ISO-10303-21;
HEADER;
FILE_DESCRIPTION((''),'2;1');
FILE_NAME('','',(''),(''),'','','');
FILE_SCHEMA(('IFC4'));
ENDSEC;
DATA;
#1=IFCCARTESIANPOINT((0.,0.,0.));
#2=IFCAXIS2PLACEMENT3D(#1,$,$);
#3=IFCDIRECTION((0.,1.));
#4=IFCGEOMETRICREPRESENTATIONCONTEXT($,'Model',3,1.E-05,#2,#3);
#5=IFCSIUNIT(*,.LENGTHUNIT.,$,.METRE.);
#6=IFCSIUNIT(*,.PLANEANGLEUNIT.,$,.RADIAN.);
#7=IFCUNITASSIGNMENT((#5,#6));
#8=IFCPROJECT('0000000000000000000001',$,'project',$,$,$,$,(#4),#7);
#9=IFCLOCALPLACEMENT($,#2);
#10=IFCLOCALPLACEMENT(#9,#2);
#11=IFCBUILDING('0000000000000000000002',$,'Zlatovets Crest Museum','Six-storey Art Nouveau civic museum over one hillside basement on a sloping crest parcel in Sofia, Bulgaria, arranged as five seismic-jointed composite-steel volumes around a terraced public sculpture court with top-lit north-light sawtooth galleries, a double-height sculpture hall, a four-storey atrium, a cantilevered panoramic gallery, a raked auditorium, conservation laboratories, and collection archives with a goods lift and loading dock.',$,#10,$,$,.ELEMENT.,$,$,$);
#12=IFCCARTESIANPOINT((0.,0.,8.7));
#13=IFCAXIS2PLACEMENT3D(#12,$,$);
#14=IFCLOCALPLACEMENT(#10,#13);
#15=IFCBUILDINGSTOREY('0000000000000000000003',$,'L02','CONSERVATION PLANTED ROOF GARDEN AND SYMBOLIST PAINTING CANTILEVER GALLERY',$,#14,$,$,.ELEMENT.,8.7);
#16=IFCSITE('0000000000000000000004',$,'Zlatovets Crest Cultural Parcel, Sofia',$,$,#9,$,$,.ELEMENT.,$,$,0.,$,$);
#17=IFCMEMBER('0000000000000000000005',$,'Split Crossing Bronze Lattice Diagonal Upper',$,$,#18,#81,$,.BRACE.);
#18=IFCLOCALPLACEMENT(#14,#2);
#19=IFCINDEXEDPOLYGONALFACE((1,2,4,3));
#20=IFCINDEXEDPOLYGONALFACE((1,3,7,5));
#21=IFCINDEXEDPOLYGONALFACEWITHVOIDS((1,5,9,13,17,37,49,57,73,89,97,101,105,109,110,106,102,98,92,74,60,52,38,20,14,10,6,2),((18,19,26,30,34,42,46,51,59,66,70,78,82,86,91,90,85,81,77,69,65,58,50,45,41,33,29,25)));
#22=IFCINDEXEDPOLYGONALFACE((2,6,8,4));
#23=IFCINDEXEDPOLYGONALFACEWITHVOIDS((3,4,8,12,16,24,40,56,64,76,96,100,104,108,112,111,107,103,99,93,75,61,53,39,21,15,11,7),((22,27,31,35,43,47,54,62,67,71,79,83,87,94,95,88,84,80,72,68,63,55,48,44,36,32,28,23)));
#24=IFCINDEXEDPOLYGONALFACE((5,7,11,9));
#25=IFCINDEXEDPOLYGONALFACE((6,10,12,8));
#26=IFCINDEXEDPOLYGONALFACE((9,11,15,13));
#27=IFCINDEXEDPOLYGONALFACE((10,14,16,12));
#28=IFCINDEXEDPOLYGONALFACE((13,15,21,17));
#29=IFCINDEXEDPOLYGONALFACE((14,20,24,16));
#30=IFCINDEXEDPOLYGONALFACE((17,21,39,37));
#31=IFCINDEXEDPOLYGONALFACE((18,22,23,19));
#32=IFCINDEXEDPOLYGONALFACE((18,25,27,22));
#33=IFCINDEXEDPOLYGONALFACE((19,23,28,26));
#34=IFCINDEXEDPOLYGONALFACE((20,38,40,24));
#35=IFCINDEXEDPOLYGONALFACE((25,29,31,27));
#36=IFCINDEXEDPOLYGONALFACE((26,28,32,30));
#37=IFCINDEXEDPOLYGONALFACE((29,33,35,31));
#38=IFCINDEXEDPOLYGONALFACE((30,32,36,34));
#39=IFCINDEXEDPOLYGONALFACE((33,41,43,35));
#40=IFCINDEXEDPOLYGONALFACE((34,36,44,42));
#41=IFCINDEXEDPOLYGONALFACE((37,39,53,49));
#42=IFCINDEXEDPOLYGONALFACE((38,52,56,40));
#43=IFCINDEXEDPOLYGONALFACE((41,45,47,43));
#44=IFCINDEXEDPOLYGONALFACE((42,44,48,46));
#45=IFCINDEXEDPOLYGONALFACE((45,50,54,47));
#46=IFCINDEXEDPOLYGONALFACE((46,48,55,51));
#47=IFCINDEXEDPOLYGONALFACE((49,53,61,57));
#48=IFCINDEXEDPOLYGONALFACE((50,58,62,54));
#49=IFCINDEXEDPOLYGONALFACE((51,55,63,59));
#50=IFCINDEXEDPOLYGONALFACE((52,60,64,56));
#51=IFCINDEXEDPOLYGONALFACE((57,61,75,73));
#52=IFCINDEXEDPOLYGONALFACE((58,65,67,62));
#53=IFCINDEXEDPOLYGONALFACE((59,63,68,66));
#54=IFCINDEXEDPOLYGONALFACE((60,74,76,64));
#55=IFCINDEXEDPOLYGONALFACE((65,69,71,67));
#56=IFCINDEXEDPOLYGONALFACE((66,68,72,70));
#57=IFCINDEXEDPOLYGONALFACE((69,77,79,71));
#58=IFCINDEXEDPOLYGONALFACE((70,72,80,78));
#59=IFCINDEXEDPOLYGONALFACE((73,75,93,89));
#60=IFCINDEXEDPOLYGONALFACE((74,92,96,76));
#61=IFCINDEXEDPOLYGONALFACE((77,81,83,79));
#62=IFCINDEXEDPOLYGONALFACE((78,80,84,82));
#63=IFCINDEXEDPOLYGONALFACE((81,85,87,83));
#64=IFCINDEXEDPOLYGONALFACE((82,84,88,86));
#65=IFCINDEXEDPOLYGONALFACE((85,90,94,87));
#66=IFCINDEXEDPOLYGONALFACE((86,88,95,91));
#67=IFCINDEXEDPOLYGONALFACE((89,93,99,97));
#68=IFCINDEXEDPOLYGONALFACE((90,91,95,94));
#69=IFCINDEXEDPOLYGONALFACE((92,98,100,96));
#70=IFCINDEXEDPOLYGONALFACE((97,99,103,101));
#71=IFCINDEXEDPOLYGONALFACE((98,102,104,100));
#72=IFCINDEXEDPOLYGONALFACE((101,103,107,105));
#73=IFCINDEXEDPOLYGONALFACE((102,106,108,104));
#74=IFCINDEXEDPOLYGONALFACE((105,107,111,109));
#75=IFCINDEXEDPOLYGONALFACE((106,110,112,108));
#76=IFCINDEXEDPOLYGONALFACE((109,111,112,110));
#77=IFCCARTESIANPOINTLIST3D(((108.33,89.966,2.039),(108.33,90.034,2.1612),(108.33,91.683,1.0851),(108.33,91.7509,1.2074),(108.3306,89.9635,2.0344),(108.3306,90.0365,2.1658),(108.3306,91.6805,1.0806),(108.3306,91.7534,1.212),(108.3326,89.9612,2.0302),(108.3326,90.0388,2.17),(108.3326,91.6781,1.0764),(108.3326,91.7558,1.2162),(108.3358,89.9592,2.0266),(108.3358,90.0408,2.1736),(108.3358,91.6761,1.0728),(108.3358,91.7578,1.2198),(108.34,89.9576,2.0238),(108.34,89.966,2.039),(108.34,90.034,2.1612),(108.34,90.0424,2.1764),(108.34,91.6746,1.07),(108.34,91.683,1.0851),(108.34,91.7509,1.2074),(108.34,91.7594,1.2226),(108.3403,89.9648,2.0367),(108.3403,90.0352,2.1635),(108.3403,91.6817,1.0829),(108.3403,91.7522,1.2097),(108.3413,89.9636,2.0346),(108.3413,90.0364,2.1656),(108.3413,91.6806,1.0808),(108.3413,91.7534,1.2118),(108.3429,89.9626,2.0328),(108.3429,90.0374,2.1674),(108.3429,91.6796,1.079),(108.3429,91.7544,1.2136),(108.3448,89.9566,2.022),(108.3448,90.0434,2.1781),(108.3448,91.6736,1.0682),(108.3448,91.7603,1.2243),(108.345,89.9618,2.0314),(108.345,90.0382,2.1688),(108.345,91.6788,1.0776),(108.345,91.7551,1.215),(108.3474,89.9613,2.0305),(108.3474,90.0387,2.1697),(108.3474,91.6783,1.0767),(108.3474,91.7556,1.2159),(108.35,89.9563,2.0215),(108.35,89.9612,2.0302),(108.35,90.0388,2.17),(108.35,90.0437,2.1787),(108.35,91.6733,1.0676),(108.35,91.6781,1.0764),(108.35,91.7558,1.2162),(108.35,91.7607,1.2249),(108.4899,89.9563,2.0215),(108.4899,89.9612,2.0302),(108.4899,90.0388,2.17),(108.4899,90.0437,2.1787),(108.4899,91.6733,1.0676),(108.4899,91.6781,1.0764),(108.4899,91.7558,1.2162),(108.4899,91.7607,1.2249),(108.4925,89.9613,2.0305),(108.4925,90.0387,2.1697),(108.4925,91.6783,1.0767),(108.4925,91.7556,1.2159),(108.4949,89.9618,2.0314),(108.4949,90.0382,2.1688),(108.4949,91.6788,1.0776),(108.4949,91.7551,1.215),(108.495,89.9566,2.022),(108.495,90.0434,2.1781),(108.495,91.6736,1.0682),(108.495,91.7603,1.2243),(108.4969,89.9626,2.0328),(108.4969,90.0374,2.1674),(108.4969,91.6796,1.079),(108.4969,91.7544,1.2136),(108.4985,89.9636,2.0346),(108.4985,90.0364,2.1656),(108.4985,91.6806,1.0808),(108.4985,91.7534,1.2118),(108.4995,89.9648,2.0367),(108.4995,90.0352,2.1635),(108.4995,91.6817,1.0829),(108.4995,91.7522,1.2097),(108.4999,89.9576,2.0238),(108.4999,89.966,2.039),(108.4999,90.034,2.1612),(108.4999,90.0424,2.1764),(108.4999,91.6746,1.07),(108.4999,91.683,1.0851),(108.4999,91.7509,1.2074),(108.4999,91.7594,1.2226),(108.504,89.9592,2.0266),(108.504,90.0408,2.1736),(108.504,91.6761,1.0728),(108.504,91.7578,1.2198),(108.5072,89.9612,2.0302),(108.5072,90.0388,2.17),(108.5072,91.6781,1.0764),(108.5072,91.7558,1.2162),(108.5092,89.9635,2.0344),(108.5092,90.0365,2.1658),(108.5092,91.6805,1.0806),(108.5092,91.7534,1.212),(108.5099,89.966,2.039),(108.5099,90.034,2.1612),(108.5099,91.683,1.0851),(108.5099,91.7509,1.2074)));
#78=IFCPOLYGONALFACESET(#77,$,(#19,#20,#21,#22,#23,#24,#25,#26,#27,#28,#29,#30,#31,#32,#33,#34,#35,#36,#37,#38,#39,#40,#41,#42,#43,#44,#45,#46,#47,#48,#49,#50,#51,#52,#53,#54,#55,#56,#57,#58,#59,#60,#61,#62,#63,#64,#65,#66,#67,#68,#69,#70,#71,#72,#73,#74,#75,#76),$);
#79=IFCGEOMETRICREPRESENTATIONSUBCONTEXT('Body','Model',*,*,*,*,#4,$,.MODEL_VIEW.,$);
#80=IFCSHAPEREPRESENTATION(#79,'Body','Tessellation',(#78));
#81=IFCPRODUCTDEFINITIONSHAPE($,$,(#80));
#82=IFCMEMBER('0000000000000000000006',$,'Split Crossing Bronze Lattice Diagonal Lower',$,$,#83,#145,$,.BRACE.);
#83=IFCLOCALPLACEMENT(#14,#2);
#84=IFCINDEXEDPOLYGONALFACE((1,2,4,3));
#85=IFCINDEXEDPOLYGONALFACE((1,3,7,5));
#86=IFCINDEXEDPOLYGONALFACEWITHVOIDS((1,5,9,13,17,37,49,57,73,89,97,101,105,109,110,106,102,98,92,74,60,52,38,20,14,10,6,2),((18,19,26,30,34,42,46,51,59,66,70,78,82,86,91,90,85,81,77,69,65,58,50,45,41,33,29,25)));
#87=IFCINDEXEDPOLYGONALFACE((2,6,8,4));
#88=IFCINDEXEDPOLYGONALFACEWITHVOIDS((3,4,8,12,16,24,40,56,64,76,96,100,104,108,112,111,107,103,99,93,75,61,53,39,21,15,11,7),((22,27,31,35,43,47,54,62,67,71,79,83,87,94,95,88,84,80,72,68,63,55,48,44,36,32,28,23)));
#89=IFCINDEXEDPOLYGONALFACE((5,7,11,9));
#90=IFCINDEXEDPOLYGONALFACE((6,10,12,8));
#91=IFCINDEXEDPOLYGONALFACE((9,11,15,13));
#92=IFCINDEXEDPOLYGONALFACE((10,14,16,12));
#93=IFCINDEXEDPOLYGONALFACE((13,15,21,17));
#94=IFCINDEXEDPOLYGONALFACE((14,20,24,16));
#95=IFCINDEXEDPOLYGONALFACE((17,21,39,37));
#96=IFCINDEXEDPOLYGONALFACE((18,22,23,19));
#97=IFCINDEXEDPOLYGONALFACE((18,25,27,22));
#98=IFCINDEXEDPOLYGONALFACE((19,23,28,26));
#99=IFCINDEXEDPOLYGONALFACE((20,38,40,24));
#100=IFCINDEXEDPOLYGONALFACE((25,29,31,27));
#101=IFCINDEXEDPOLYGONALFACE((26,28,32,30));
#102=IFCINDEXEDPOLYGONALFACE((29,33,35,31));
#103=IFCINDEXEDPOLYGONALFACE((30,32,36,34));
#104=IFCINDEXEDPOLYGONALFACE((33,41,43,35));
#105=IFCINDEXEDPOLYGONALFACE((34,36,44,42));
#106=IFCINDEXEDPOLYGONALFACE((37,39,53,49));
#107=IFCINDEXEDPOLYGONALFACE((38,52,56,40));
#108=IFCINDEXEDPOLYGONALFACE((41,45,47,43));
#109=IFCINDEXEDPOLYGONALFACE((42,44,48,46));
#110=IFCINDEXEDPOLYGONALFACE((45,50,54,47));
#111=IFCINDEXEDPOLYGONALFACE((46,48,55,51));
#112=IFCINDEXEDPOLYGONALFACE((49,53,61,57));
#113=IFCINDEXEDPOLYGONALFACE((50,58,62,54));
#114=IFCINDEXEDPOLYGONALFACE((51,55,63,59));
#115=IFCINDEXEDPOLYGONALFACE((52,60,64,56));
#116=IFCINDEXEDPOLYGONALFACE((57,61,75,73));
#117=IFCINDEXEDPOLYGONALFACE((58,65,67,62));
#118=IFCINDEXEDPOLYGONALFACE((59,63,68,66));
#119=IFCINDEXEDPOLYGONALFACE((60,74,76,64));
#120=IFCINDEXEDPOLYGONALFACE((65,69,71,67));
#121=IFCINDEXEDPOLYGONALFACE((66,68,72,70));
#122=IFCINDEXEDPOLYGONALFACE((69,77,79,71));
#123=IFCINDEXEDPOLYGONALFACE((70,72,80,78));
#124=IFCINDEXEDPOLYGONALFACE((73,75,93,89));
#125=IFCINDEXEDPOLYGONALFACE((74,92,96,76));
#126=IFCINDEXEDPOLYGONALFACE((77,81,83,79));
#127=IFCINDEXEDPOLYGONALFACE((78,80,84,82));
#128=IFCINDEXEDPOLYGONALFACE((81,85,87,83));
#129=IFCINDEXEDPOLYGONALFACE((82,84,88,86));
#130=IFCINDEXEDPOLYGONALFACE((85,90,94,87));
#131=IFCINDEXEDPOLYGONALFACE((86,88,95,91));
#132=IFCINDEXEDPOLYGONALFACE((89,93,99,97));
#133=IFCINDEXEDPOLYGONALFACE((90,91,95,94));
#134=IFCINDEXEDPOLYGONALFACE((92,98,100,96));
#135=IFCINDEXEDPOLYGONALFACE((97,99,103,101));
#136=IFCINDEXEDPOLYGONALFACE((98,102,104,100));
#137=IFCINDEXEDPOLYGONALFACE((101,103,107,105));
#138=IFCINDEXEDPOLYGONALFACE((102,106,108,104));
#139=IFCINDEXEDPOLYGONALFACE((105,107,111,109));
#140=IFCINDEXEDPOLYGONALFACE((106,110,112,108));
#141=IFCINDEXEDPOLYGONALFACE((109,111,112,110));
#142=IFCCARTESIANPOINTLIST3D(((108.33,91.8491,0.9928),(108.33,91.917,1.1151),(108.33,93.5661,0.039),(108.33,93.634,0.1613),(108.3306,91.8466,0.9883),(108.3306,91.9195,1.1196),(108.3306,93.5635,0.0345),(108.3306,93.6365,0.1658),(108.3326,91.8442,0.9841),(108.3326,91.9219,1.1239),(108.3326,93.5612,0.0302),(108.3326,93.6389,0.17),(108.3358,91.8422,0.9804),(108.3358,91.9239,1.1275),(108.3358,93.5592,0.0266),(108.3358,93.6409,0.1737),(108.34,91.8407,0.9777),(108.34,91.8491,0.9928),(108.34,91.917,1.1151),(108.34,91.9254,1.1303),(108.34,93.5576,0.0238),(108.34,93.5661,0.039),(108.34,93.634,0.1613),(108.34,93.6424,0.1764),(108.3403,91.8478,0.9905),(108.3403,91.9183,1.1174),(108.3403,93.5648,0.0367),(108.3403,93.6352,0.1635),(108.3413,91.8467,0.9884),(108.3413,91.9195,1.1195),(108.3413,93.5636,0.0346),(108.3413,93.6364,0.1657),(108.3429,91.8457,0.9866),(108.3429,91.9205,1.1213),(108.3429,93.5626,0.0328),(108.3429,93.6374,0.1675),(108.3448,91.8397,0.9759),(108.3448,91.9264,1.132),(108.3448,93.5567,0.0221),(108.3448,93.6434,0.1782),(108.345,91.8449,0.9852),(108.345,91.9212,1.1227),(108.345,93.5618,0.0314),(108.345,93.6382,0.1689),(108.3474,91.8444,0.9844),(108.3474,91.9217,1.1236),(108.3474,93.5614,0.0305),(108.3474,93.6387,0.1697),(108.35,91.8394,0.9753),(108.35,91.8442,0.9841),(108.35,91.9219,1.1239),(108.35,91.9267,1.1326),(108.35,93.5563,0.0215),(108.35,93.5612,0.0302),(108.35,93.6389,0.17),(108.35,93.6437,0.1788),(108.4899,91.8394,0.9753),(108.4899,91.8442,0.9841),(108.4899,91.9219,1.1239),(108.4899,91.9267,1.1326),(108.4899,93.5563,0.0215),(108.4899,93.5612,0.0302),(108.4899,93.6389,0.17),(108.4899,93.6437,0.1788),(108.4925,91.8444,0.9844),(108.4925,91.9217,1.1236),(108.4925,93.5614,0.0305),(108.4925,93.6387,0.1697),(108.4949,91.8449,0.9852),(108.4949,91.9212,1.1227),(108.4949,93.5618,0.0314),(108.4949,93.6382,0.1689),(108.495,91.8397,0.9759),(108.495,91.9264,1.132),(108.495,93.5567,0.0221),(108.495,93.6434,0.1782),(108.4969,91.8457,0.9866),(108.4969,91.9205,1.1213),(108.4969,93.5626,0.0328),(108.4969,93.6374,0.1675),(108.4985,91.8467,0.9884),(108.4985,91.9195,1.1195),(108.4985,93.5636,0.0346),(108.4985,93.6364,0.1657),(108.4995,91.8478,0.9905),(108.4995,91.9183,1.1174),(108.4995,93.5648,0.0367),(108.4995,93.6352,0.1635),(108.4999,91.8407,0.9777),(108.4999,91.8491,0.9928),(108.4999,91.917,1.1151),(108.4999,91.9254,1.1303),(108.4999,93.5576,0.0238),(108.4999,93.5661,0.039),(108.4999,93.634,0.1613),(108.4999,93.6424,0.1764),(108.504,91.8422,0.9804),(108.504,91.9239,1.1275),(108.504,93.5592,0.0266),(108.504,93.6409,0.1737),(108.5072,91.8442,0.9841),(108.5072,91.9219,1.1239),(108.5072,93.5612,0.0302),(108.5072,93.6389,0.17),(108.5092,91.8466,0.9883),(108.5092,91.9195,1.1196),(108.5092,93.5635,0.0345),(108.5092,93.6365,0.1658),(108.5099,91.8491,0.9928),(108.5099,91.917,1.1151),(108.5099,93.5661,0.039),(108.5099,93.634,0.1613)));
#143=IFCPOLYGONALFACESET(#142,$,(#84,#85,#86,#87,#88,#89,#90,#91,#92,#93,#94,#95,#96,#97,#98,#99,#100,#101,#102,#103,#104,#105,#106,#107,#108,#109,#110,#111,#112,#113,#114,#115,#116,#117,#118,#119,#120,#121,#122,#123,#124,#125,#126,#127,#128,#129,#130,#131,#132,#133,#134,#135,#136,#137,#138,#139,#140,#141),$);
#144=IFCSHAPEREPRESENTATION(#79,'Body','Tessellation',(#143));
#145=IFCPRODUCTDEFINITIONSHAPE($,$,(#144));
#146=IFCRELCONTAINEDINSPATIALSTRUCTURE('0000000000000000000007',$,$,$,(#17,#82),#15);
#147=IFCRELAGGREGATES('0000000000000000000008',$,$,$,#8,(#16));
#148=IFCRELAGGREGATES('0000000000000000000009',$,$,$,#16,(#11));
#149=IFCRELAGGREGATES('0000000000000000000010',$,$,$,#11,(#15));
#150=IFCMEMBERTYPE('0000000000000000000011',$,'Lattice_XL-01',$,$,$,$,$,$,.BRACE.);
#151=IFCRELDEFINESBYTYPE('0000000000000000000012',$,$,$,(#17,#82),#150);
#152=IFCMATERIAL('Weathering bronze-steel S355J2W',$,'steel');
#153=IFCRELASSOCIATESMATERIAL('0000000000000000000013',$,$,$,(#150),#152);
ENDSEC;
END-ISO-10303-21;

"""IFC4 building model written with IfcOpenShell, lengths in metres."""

from ifc_helpers import new_model, si_unit, direction, frame, origin, origin_2d, place, context, subcontext, project, spatial, hollow_rectangle, extrude, material, material_profile, profile_set, type_object, element, save


model = new_model("IFC4")

# Units and contexts
model_context = context("Model", 3, precision=1e-05, world=origin(), true_north=direction((0.0, 1.0)))
body_context = subcontext(model_context, "Body", "Model", "MODEL_VIEW")
ifc_project = project(units=[si_unit("LENGTHUNIT", "METRE"), si_unit("PLANEANGLEUNIT", "RADIAN")], contexts=[model_context])

# Site, building, storey
site_placement = place(None, origin())
site = spatial("IfcSite", under=ifc_project, at=site_placement, Name="Zlatovets Crest Cultural Parcel, Sofia", CompositionType="ELEMENT", RefElevation=0.0)
building_placement = place(site_placement, origin())
building = spatial("IfcBuilding", under=site, at=building_placement, Name="Zlatovets Crest Museum", Description="Six-storey Art Nouveau civic museum over one hillside basement on a sloping crest parcel in Sofia, Bulgaria, arranged as five seismic-jointed composite-steel volumes around a terraced public sculpture court with top-lit north-light sawtooth galleries, a double-height sculpture hall, a four-storey atrium, a cantilevered panoramic gallery, a raked auditorium, conservation laboratories, and collection archives with a goods lift and loading dock.", CompositionType="ELEMENT")
storey_placement = place(building_placement, frame((0.0, 0.0, 8.7)))
storey = spatial("IfcBuildingStorey", under=building, at=storey_placement, Name="L02", Description="CONSERVATION PLANTED ROOF GARDEN AND SYMBOLIST PAINTING CANTILEVER GALLERY", CompositionType="ELEMENT", Elevation=8.7)

# Members
ifc_material_1 = material(Name="Weathering bronze-steel S355J2W", Category="steel")
ifc_material_profile_1 = material_profile(ifc_material_1, hollow_rectangle(XDim=0.1799, YDim=0.1799, WallThickness=0.01, InnerFilletRadius=0.01, OuterFilletRadius=0.02, at=origin_2d()), Name="SHS 180x180x10.0")
ifc_profile_set_1 = profile_set([ifc_material_profile_1], Name="Weathering bronze-steel S355J2W")
member_type_1 = type_object("IfcMemberType", Name="Lattice_XL-01", PredefinedType="BRACE", material=ifc_profile_set_1)
for number, where, z_axis, x_axis, name in (
    (1, (108.4199, 90.0, 2.1001), (0.0, 0.874169, -0.485622), (-1.0, 0.0, 0.0), "Split Crossing Bronze Lattice Diagonal Upper"),
    (2, (108.4199, 91.8831, 1.054), (0.0, 0.874169, -0.485622), (-1.0, 0.0, 0.0), "Split Crossing Bronze Lattice Diagonal Lower"),
):
    element("IfcMember", number, at=place(storey_placement, frame(where, z_axis=z_axis, x_axis=x_axis)), inside=storey, type_object=member_type_1, Name=name, PredefinedType="BRACE", context=body_context, shape_type="SweptSolid", body=[
        extrude(hollow_rectangle(XDim=0.1799, YDim=0.1799, WallThickness=0.01, InnerFilletRadius=0.01, OuterFilletRadius=0.02, at=origin_2d()), origin(), (0.0, 0.0, 1.0), 1.9641),
    ])

save(model, "model.ifc")
